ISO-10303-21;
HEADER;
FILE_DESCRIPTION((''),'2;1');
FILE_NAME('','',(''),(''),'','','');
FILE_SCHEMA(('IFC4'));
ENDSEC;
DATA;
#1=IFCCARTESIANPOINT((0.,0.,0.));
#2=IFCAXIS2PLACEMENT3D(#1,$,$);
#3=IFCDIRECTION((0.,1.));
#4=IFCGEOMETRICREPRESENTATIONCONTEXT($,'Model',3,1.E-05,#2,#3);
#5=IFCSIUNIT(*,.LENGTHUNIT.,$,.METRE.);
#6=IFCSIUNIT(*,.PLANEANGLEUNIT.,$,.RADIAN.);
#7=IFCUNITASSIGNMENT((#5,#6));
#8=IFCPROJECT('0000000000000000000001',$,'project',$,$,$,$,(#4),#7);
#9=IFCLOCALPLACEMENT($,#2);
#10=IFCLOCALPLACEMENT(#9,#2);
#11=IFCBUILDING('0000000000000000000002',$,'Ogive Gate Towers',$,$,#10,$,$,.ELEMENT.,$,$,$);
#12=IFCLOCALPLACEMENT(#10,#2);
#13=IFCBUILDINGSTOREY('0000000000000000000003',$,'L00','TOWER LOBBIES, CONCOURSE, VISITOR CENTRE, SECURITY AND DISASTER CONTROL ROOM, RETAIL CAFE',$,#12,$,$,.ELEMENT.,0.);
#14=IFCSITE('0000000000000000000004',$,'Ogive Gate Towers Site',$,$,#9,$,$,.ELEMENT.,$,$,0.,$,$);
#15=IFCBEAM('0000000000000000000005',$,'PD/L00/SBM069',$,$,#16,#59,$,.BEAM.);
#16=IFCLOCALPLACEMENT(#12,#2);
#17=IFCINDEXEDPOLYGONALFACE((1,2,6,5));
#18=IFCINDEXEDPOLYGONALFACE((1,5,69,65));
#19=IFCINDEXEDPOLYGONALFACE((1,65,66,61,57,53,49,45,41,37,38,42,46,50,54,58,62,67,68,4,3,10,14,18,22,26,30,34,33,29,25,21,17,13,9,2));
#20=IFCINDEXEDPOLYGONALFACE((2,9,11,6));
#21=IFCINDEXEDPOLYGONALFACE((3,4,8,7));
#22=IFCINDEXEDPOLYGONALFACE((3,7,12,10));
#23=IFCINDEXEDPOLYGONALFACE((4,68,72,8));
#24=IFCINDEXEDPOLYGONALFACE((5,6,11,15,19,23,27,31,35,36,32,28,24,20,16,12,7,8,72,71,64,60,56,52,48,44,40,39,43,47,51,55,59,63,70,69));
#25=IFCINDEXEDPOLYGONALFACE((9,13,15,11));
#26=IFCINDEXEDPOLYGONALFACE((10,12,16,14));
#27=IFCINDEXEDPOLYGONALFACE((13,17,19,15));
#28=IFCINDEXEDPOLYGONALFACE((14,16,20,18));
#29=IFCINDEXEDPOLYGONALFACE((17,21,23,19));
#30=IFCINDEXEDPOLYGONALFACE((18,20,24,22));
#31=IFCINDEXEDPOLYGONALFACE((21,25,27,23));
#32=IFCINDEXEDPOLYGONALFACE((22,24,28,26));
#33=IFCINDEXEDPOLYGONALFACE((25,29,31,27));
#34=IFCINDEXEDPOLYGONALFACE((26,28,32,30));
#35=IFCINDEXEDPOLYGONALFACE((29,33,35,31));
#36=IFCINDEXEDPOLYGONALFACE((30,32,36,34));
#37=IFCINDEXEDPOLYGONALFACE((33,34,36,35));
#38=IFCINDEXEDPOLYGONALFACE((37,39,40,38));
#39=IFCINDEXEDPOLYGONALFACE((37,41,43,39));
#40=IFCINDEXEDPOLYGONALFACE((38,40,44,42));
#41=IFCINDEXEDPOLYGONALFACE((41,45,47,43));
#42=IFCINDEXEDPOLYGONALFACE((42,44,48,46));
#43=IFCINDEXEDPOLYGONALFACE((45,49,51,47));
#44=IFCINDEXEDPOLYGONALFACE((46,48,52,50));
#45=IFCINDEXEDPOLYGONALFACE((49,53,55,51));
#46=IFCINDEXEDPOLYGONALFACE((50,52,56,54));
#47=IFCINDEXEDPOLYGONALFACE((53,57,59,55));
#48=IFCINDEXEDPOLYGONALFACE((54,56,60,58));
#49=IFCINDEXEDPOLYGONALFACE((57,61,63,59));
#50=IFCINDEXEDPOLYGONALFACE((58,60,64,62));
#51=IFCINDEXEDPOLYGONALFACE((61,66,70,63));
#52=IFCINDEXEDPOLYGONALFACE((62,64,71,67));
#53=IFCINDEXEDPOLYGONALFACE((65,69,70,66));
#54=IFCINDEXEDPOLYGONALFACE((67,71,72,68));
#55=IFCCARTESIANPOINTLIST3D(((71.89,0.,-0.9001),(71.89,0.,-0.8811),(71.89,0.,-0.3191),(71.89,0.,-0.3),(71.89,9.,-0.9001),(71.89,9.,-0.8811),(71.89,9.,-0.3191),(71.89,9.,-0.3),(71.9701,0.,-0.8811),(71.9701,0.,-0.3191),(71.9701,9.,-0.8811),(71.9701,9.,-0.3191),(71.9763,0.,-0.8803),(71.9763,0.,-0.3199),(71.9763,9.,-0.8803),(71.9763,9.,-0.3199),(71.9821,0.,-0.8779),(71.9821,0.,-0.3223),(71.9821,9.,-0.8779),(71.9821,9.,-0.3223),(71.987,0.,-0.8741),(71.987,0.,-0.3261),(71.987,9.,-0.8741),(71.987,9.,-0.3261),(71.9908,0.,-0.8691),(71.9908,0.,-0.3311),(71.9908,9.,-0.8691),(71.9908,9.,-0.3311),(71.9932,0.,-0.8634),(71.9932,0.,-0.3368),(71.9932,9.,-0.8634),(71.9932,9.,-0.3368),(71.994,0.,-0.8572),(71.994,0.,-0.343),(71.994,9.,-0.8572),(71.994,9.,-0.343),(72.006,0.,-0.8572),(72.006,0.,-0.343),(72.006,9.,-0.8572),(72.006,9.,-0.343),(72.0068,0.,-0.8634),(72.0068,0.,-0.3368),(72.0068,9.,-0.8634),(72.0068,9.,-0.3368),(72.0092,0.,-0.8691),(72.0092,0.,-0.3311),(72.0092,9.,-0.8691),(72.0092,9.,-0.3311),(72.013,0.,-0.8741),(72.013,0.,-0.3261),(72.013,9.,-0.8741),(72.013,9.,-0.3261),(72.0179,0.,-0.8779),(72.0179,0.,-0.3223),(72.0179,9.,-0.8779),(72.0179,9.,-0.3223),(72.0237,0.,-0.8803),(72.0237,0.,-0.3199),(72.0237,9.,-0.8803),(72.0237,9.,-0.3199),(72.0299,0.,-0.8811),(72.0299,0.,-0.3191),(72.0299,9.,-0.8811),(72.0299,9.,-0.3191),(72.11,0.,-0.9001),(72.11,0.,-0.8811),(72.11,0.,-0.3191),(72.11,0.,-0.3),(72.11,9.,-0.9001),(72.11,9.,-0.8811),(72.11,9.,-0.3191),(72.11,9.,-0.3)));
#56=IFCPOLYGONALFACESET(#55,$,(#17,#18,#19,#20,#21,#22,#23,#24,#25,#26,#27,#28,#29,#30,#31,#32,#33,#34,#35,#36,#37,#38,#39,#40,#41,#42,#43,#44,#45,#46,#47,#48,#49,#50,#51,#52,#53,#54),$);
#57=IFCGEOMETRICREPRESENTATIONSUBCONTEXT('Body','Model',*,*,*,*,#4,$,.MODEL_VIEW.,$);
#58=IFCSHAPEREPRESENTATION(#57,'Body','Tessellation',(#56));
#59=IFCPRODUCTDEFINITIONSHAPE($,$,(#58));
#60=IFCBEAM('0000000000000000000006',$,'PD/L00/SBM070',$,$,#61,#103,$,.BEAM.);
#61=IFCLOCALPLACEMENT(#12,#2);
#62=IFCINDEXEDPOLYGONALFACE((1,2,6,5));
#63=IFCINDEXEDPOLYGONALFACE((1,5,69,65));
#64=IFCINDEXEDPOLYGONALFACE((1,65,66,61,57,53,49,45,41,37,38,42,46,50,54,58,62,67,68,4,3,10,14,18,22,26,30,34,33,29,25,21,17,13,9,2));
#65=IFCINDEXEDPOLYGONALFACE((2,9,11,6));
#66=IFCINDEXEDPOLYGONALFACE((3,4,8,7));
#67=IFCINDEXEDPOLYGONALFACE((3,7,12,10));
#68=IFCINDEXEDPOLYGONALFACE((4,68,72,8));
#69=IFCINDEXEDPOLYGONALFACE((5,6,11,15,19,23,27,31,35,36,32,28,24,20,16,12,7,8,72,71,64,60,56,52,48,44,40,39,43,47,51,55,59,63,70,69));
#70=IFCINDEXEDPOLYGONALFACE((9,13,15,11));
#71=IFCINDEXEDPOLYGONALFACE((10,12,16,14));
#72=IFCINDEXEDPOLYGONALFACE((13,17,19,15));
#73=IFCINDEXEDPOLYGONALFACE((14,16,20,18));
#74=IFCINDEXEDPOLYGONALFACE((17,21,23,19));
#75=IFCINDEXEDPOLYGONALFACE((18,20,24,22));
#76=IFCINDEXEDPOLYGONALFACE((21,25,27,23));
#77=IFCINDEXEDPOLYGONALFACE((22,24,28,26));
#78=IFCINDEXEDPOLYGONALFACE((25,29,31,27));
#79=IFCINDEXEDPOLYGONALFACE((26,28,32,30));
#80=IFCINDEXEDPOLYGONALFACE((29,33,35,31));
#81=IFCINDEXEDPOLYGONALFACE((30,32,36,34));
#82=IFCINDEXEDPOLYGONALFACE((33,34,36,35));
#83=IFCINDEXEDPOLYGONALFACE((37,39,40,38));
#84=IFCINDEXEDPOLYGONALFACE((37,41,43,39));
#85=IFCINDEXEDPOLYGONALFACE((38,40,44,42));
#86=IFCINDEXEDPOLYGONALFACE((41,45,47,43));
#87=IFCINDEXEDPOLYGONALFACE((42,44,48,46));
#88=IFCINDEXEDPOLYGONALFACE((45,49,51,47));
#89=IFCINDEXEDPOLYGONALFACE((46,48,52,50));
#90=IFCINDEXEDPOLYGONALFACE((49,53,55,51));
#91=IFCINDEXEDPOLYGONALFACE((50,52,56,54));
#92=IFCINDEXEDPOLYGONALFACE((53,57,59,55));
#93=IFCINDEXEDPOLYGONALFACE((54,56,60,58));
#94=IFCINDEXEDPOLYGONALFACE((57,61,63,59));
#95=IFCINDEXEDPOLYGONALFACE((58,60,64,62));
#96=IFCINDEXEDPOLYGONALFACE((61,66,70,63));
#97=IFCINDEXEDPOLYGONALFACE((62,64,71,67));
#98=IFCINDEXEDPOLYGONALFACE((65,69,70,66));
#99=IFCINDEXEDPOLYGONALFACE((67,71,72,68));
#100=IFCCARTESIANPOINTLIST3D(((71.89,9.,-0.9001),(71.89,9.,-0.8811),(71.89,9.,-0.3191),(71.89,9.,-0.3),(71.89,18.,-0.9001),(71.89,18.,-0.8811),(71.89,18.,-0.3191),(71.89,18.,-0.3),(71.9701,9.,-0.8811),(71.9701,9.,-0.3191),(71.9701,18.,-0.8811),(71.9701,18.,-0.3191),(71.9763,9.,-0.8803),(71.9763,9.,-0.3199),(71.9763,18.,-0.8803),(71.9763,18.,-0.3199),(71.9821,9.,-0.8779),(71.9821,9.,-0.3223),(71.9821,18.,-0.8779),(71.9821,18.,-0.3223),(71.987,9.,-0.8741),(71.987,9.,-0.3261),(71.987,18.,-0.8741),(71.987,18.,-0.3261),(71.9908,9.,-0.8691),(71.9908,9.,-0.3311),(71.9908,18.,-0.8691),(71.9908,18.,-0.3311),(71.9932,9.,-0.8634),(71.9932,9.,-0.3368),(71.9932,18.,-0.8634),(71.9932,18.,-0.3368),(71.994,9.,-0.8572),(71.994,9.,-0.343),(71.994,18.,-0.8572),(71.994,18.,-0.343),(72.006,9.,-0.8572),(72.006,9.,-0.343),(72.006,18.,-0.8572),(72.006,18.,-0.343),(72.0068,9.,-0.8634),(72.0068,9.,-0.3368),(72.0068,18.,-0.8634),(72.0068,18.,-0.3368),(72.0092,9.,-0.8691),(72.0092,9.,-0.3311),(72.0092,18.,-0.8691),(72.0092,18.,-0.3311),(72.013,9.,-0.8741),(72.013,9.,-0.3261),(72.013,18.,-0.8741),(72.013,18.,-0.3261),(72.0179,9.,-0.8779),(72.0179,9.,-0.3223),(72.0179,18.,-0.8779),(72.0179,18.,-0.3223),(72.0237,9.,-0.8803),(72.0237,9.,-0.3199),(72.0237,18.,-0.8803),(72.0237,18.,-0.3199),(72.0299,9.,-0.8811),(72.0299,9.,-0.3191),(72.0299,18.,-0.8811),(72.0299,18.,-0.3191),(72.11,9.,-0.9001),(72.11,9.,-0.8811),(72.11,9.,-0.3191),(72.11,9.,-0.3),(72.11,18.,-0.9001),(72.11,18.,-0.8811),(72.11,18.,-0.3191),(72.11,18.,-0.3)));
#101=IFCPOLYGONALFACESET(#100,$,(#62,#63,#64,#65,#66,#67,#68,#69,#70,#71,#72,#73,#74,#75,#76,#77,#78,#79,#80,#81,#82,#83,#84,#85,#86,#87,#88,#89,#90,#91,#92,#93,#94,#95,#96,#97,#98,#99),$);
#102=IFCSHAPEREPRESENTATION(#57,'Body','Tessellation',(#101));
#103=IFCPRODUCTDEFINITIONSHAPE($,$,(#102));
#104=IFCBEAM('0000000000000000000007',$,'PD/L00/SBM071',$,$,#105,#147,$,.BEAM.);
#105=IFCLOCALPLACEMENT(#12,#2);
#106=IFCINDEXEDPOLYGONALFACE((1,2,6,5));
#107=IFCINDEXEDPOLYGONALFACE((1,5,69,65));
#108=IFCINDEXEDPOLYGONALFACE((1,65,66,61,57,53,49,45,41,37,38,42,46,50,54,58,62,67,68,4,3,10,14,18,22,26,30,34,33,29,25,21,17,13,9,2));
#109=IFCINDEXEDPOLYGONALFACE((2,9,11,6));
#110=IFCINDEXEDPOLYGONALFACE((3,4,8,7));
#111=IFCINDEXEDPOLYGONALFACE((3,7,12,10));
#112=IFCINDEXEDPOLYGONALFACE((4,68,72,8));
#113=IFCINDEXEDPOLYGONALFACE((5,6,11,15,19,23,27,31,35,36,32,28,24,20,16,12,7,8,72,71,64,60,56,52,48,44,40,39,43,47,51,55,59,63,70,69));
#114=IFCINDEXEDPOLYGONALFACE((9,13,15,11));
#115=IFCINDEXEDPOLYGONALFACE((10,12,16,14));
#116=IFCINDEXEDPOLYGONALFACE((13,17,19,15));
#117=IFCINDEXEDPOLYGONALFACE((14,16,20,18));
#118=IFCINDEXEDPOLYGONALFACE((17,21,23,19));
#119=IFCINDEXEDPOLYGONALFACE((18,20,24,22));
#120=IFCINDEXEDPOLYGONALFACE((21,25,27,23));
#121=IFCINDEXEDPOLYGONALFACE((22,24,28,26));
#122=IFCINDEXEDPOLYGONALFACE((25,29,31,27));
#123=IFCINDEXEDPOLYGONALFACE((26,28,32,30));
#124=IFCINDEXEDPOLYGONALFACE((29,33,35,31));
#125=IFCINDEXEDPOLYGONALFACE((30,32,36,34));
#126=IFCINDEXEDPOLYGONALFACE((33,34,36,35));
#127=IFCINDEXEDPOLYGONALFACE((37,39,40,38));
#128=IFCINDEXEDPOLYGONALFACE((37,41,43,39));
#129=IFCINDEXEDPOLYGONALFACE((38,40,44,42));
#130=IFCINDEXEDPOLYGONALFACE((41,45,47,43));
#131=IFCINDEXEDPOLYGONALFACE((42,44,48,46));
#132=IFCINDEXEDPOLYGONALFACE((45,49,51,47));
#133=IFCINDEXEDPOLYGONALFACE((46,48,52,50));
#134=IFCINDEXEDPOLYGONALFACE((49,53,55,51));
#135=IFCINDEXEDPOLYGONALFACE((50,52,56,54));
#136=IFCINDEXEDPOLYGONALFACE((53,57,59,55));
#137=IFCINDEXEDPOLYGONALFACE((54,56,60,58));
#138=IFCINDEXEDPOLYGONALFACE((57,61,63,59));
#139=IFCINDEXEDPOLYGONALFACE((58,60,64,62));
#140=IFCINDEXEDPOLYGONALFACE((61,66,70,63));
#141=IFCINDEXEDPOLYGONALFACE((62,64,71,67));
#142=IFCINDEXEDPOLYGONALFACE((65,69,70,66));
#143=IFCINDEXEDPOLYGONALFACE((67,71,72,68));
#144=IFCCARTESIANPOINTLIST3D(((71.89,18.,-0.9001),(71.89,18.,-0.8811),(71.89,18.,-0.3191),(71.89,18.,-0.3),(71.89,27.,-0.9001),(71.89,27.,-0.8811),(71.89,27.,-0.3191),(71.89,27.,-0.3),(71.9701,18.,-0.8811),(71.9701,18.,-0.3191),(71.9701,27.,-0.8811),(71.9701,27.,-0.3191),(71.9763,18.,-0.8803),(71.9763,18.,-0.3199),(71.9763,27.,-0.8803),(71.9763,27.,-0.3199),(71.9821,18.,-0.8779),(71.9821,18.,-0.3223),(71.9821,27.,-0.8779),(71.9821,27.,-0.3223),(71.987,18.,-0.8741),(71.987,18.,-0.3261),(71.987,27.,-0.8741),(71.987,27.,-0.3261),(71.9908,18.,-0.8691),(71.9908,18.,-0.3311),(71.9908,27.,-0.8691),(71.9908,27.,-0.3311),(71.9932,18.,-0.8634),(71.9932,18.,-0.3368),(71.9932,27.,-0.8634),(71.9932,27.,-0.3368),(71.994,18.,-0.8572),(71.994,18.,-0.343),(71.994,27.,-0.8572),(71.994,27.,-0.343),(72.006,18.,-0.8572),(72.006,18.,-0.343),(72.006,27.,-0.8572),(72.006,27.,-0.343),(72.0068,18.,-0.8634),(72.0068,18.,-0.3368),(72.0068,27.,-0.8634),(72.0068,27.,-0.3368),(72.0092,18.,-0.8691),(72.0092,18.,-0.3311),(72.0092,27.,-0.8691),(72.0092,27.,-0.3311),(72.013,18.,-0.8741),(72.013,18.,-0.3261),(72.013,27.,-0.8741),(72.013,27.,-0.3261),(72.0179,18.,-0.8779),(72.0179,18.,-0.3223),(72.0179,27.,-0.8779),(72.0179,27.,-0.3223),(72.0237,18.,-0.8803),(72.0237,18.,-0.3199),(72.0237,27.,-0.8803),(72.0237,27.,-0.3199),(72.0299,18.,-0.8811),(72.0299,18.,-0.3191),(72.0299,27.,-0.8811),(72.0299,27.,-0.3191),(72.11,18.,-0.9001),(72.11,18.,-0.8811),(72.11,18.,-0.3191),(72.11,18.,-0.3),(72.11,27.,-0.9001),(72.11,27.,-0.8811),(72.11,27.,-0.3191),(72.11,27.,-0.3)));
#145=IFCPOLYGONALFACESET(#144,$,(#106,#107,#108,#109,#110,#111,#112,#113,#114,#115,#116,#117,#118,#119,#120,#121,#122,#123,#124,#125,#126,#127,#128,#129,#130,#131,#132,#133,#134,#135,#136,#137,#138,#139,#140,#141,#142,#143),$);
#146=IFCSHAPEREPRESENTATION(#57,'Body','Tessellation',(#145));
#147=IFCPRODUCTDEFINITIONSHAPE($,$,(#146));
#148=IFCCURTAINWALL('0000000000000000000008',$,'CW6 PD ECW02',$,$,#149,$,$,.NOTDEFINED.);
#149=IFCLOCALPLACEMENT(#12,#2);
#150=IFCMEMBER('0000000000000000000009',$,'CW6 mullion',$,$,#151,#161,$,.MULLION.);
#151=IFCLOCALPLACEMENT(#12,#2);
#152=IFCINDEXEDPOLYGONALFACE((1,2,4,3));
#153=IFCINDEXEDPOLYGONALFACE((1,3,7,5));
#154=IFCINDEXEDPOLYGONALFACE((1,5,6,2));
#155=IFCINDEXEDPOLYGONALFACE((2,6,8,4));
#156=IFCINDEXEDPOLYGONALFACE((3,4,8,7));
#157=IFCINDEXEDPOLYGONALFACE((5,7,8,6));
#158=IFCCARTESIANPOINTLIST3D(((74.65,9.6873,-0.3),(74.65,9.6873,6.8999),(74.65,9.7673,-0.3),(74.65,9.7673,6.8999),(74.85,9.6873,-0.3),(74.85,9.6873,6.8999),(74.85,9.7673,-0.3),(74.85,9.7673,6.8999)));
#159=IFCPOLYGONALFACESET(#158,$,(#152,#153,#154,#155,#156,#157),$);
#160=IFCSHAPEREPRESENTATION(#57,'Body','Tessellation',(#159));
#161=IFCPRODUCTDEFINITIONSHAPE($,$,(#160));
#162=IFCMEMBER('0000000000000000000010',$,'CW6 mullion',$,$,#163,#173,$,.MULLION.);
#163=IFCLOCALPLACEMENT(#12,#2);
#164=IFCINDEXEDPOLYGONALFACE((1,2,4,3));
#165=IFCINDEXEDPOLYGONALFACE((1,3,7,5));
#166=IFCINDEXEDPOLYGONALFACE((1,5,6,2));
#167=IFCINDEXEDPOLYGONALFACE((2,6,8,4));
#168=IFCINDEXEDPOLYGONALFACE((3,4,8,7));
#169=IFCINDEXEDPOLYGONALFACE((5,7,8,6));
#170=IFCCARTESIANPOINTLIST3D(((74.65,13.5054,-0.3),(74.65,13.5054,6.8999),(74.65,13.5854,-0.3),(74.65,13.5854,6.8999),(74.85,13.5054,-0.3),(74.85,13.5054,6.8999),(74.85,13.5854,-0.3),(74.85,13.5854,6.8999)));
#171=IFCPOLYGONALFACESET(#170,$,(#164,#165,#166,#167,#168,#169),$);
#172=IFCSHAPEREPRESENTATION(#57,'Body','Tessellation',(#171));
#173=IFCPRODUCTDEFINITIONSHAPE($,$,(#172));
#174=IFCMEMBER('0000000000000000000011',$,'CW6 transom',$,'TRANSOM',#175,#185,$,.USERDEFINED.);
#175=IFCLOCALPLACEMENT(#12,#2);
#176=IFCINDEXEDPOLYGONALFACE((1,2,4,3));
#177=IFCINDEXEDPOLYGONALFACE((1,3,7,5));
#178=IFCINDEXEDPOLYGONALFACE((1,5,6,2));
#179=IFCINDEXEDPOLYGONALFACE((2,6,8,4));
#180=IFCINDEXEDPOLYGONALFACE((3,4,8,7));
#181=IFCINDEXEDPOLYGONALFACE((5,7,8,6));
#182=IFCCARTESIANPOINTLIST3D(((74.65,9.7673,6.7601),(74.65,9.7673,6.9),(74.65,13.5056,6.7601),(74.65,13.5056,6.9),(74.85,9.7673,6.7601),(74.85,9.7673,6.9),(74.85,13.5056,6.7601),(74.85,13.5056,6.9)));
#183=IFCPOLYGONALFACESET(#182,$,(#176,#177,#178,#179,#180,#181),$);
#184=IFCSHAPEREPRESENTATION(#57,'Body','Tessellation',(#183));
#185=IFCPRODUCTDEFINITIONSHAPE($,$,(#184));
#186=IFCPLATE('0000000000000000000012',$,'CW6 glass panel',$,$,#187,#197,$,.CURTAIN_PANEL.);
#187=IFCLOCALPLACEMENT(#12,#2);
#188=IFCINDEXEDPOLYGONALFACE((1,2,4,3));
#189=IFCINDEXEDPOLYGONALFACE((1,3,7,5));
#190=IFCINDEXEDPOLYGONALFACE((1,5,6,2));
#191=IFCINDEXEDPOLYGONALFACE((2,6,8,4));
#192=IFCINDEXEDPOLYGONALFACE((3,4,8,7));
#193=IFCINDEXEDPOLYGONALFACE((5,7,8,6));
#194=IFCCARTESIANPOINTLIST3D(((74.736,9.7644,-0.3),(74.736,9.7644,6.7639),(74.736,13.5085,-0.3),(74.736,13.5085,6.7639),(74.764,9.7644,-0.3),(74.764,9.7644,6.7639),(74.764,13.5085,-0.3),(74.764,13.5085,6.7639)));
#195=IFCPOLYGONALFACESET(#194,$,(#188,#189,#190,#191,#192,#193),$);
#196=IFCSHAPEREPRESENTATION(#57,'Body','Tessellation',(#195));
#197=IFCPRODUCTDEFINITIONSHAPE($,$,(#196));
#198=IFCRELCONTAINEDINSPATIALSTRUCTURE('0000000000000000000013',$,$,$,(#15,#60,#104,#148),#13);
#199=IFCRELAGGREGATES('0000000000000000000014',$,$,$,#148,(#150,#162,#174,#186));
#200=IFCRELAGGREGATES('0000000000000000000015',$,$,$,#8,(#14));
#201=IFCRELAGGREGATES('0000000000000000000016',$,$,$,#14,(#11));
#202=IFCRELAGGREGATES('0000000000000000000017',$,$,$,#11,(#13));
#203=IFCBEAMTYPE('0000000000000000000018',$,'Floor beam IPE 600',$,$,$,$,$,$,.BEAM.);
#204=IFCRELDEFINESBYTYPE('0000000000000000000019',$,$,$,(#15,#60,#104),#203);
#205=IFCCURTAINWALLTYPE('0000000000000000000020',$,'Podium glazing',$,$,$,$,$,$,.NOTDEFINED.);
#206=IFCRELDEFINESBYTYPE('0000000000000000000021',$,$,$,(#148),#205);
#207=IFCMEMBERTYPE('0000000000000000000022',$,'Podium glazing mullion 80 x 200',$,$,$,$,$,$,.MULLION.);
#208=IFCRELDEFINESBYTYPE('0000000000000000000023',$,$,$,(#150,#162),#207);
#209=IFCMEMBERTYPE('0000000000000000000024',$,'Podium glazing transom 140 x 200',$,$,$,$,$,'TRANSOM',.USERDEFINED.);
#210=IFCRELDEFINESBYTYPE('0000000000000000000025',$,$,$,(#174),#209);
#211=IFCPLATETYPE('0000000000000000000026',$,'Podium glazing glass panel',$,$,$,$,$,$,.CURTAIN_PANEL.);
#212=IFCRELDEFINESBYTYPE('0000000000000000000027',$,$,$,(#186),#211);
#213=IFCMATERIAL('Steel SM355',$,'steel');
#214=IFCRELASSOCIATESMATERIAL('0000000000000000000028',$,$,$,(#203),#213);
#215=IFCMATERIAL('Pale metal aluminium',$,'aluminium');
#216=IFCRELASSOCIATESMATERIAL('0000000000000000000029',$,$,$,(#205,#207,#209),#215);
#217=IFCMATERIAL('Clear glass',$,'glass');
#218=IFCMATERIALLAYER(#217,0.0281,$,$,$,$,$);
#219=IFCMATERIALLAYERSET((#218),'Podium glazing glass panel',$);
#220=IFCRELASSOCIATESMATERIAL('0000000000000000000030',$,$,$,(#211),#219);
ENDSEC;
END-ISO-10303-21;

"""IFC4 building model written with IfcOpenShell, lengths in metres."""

from ifc_helpers import new_model, si_unit, direction, frame, origin, origin_2d, place, context, subcontext, project, spatial, rectangle, i_section, extrude, material, layer, layer_set, material_profile, profile_set, type_object, element, aggregate, save


model = new_model("IFC4")

# Units and contexts
model_context = context("Model", 3, precision=1e-05, world=origin(), true_north=direction((0.0, 1.0)))
body_context = subcontext(model_context, "Body", "Model", "MODEL_VIEW")
ifc_project = project(units=[si_unit("LENGTHUNIT", "METRE"), si_unit("PLANEANGLEUNIT", "RADIAN")], contexts=[model_context])

# Site, building, storey
site_placement = place(None, origin())
site = spatial("IfcSite", under=ifc_project, at=site_placement, Name="Ogive Gate Towers Site", CompositionType="ELEMENT", RefElevation=0.0)
building_placement = place(site_placement, origin())
building = spatial("IfcBuilding", under=site, at=building_placement, Name="Ogive Gate Towers", CompositionType="ELEMENT")
storey_placement = place(building_placement, origin())
storey = spatial("IfcBuildingStorey", under=building, at=storey_placement, Name="L00", Description="TOWER LOBBIES, CONCOURSE, VISITOR CENTRE, SECURITY AND DISASTER CONTROL ROOM, RETAIL CAFE", CompositionType="ELEMENT", Elevation=0.0)

# Beams
ifc_material_1 = material(Name="Steel SM355", Category="steel")
ifc_material_profile_1 = material_profile(ifc_material_1, i_section(OverallWidth=0.22, OverallDepth=0.6001, WebThickness=0.012, FlangeThickness=0.019, FilletRadius=0.0239, at=origin_2d()), Name="IPE 600")
ifc_profile_set_1 = profile_set([ifc_material_profile_1], Name="Steel SM355")
beam_type = type_object("IfcBeamType", Name="Floor beam IPE 600", PredefinedType="BEAM", material=ifc_profile_set_1)
for number, where, z_axis, x_axis, name in (
    (1, (72.0, 0.0, -0.6001), (0.0, 1.0, 0.0), (-1.0, 0.0, 0.0), "PD/L00/SBM069"),
    (2, (72.0, 9.0, -0.6001), (0.0, 1.0, 0.0), (-1.0, 0.0, 0.0), "PD/L00/SBM070"),
    (3, (72.0, 18.0, -0.6001), (0.0, 1.0, 0.0), (-1.0, 0.0, 0.0), "PD/L00/SBM071"),
):
    element("IfcBeam", number, at=place(storey_placement, frame(where, z_axis=z_axis, x_axis=x_axis)), inside=storey, type_object=beam_type, Name=name, PredefinedType="BEAM", context=body_context, shape_type="SweptSolid", body=[
        extrude(i_section(OverallWidth=0.22, OverallDepth=0.6001, WebThickness=0.012, FlangeThickness=0.019, FilletRadius=0.0239, at=origin_2d()), origin(), (0.0, 0.0, 1.0), 9.0),
    ])

# Curtain wall, members, plate
ifc_material_2 = material(Name="Pale metal aluminium", Category="aluminium")
curtain_wall_type = type_object("IfcCurtainWallType", Name="Podium glazing", PredefinedType="NOTDEFINED", material=ifc_material_2)
curtain_wall_placement = place(storey_placement, origin())
curtain_wall = element("IfcCurtainWall", 4, at=curtain_wall_placement, inside=storey, type_object=curtain_wall_type, Name="CW6 PD ECW02", PredefinedType="NOTDEFINED")
ifc_material_profile_2 = material_profile(ifc_material_2, rectangle(XDim=0.2, YDim=0.0801, at=origin_2d()), Name="80 x 200 aluminium box")
ifc_profile_set_2 = profile_set([ifc_material_profile_2], Name="Pale metal aluminium")
member_type_1 = type_object("IfcMemberType", Name="Podium glazing mullion 80 x 200", PredefinedType="MULLION", material=ifc_profile_set_2)
member_1_placement = place(storey_placement, frame((74.75, 9.7273, -0.3), z_axis=(0.0, 0.0, 1.0), x_axis=(1.0, 0.0, 0.0)))
member_1 = element("IfcMember", 5, at=member_1_placement, type_object=member_type_1, Name="CW6 mullion", PredefinedType="MULLION", context=body_context, shape_type="SweptSolid", body=[
    extrude(rectangle(XDim=0.2, YDim=0.0801, at=origin_2d()), origin(), (0.0, 0.0, 1.0), 7.2),
])
member_2_placement = place(storey_placement, frame((74.75, 13.5454, -0.3), z_axis=(0.0, 0.0, 1.0), x_axis=(1.0, 0.0, 0.0)))
member_2 = element("IfcMember", 6, at=member_2_placement, type_object=member_type_1, Name="CW6 mullion", PredefinedType="MULLION", context=body_context, shape_type="SweptSolid", body=[
    extrude(rectangle(XDim=0.2, YDim=0.0801, at=origin_2d()), origin(), (0.0, 0.0, 1.0), 7.2),
])
ifc_material_profile_3 = material_profile(ifc_material_2, rectangle(XDim=0.2, YDim=0.1399, at=origin_2d()), Name="140 x 200 aluminium box")
ifc_profile_set_3 = profile_set([ifc_material_profile_3], Name="Pale metal aluminium")
member_type_2 = type_object("IfcMemberType", Name="Podium glazing transom 140 x 200", ElementType="TRANSOM", PredefinedType="USERDEFINED", material=ifc_profile_set_3)
member_3_placement = place(storey_placement, frame((74.75, 9.7673, 6.8301), z_axis=(0.0, 1.0, 0.0), x_axis=(-1.0, 0.0, 0.0)))
member_3 = element("IfcMember", 7, at=member_3_placement, type_object=member_type_2, Name="CW6 transom", ObjectType="TRANSOM", PredefinedType="USERDEFINED", context=body_context, shape_type="SweptSolid", body=[
    extrude(rectangle(XDim=0.2, YDim=0.1399, at=origin_2d()), origin(), (0.0, 0.0, 1.0), 3.7383),
])
ifc_material_3 = material(Name="Clear glass", Category="glass")
ifc_layer_1 = layer(ifc_material_3, 0.0281)
ifc_layer_set_1 = layer_set([ifc_layer_1], Name="Podium glazing glass panel")
plate_type = type_object("IfcPlateType", Name="Podium glazing glass panel", PredefinedType="CURTAIN_PANEL", material=ifc_layer_set_1)
plate_placement = place(storey_placement, frame((74.75, 11.6365, -0.3), z_axis=(0.0, 0.0, 1.0), x_axis=(0.0, 1.0, 0.0)))
plate = element("IfcPlate", 8, at=plate_placement, type_object=plate_type, Name="CW6 glass panel", PredefinedType="CURTAIN_PANEL", context=body_context, shape_type="SweptSolid", body=[
    extrude(rectangle(XDim=3.7441, YDim=0.0281, at=origin_2d()), origin(), (0.0, 0.0, 1.0), 7.064),
])
aggregate(curtain_wall, [member_1, member_2, member_3, plate])

save(model, "model.ifc")
